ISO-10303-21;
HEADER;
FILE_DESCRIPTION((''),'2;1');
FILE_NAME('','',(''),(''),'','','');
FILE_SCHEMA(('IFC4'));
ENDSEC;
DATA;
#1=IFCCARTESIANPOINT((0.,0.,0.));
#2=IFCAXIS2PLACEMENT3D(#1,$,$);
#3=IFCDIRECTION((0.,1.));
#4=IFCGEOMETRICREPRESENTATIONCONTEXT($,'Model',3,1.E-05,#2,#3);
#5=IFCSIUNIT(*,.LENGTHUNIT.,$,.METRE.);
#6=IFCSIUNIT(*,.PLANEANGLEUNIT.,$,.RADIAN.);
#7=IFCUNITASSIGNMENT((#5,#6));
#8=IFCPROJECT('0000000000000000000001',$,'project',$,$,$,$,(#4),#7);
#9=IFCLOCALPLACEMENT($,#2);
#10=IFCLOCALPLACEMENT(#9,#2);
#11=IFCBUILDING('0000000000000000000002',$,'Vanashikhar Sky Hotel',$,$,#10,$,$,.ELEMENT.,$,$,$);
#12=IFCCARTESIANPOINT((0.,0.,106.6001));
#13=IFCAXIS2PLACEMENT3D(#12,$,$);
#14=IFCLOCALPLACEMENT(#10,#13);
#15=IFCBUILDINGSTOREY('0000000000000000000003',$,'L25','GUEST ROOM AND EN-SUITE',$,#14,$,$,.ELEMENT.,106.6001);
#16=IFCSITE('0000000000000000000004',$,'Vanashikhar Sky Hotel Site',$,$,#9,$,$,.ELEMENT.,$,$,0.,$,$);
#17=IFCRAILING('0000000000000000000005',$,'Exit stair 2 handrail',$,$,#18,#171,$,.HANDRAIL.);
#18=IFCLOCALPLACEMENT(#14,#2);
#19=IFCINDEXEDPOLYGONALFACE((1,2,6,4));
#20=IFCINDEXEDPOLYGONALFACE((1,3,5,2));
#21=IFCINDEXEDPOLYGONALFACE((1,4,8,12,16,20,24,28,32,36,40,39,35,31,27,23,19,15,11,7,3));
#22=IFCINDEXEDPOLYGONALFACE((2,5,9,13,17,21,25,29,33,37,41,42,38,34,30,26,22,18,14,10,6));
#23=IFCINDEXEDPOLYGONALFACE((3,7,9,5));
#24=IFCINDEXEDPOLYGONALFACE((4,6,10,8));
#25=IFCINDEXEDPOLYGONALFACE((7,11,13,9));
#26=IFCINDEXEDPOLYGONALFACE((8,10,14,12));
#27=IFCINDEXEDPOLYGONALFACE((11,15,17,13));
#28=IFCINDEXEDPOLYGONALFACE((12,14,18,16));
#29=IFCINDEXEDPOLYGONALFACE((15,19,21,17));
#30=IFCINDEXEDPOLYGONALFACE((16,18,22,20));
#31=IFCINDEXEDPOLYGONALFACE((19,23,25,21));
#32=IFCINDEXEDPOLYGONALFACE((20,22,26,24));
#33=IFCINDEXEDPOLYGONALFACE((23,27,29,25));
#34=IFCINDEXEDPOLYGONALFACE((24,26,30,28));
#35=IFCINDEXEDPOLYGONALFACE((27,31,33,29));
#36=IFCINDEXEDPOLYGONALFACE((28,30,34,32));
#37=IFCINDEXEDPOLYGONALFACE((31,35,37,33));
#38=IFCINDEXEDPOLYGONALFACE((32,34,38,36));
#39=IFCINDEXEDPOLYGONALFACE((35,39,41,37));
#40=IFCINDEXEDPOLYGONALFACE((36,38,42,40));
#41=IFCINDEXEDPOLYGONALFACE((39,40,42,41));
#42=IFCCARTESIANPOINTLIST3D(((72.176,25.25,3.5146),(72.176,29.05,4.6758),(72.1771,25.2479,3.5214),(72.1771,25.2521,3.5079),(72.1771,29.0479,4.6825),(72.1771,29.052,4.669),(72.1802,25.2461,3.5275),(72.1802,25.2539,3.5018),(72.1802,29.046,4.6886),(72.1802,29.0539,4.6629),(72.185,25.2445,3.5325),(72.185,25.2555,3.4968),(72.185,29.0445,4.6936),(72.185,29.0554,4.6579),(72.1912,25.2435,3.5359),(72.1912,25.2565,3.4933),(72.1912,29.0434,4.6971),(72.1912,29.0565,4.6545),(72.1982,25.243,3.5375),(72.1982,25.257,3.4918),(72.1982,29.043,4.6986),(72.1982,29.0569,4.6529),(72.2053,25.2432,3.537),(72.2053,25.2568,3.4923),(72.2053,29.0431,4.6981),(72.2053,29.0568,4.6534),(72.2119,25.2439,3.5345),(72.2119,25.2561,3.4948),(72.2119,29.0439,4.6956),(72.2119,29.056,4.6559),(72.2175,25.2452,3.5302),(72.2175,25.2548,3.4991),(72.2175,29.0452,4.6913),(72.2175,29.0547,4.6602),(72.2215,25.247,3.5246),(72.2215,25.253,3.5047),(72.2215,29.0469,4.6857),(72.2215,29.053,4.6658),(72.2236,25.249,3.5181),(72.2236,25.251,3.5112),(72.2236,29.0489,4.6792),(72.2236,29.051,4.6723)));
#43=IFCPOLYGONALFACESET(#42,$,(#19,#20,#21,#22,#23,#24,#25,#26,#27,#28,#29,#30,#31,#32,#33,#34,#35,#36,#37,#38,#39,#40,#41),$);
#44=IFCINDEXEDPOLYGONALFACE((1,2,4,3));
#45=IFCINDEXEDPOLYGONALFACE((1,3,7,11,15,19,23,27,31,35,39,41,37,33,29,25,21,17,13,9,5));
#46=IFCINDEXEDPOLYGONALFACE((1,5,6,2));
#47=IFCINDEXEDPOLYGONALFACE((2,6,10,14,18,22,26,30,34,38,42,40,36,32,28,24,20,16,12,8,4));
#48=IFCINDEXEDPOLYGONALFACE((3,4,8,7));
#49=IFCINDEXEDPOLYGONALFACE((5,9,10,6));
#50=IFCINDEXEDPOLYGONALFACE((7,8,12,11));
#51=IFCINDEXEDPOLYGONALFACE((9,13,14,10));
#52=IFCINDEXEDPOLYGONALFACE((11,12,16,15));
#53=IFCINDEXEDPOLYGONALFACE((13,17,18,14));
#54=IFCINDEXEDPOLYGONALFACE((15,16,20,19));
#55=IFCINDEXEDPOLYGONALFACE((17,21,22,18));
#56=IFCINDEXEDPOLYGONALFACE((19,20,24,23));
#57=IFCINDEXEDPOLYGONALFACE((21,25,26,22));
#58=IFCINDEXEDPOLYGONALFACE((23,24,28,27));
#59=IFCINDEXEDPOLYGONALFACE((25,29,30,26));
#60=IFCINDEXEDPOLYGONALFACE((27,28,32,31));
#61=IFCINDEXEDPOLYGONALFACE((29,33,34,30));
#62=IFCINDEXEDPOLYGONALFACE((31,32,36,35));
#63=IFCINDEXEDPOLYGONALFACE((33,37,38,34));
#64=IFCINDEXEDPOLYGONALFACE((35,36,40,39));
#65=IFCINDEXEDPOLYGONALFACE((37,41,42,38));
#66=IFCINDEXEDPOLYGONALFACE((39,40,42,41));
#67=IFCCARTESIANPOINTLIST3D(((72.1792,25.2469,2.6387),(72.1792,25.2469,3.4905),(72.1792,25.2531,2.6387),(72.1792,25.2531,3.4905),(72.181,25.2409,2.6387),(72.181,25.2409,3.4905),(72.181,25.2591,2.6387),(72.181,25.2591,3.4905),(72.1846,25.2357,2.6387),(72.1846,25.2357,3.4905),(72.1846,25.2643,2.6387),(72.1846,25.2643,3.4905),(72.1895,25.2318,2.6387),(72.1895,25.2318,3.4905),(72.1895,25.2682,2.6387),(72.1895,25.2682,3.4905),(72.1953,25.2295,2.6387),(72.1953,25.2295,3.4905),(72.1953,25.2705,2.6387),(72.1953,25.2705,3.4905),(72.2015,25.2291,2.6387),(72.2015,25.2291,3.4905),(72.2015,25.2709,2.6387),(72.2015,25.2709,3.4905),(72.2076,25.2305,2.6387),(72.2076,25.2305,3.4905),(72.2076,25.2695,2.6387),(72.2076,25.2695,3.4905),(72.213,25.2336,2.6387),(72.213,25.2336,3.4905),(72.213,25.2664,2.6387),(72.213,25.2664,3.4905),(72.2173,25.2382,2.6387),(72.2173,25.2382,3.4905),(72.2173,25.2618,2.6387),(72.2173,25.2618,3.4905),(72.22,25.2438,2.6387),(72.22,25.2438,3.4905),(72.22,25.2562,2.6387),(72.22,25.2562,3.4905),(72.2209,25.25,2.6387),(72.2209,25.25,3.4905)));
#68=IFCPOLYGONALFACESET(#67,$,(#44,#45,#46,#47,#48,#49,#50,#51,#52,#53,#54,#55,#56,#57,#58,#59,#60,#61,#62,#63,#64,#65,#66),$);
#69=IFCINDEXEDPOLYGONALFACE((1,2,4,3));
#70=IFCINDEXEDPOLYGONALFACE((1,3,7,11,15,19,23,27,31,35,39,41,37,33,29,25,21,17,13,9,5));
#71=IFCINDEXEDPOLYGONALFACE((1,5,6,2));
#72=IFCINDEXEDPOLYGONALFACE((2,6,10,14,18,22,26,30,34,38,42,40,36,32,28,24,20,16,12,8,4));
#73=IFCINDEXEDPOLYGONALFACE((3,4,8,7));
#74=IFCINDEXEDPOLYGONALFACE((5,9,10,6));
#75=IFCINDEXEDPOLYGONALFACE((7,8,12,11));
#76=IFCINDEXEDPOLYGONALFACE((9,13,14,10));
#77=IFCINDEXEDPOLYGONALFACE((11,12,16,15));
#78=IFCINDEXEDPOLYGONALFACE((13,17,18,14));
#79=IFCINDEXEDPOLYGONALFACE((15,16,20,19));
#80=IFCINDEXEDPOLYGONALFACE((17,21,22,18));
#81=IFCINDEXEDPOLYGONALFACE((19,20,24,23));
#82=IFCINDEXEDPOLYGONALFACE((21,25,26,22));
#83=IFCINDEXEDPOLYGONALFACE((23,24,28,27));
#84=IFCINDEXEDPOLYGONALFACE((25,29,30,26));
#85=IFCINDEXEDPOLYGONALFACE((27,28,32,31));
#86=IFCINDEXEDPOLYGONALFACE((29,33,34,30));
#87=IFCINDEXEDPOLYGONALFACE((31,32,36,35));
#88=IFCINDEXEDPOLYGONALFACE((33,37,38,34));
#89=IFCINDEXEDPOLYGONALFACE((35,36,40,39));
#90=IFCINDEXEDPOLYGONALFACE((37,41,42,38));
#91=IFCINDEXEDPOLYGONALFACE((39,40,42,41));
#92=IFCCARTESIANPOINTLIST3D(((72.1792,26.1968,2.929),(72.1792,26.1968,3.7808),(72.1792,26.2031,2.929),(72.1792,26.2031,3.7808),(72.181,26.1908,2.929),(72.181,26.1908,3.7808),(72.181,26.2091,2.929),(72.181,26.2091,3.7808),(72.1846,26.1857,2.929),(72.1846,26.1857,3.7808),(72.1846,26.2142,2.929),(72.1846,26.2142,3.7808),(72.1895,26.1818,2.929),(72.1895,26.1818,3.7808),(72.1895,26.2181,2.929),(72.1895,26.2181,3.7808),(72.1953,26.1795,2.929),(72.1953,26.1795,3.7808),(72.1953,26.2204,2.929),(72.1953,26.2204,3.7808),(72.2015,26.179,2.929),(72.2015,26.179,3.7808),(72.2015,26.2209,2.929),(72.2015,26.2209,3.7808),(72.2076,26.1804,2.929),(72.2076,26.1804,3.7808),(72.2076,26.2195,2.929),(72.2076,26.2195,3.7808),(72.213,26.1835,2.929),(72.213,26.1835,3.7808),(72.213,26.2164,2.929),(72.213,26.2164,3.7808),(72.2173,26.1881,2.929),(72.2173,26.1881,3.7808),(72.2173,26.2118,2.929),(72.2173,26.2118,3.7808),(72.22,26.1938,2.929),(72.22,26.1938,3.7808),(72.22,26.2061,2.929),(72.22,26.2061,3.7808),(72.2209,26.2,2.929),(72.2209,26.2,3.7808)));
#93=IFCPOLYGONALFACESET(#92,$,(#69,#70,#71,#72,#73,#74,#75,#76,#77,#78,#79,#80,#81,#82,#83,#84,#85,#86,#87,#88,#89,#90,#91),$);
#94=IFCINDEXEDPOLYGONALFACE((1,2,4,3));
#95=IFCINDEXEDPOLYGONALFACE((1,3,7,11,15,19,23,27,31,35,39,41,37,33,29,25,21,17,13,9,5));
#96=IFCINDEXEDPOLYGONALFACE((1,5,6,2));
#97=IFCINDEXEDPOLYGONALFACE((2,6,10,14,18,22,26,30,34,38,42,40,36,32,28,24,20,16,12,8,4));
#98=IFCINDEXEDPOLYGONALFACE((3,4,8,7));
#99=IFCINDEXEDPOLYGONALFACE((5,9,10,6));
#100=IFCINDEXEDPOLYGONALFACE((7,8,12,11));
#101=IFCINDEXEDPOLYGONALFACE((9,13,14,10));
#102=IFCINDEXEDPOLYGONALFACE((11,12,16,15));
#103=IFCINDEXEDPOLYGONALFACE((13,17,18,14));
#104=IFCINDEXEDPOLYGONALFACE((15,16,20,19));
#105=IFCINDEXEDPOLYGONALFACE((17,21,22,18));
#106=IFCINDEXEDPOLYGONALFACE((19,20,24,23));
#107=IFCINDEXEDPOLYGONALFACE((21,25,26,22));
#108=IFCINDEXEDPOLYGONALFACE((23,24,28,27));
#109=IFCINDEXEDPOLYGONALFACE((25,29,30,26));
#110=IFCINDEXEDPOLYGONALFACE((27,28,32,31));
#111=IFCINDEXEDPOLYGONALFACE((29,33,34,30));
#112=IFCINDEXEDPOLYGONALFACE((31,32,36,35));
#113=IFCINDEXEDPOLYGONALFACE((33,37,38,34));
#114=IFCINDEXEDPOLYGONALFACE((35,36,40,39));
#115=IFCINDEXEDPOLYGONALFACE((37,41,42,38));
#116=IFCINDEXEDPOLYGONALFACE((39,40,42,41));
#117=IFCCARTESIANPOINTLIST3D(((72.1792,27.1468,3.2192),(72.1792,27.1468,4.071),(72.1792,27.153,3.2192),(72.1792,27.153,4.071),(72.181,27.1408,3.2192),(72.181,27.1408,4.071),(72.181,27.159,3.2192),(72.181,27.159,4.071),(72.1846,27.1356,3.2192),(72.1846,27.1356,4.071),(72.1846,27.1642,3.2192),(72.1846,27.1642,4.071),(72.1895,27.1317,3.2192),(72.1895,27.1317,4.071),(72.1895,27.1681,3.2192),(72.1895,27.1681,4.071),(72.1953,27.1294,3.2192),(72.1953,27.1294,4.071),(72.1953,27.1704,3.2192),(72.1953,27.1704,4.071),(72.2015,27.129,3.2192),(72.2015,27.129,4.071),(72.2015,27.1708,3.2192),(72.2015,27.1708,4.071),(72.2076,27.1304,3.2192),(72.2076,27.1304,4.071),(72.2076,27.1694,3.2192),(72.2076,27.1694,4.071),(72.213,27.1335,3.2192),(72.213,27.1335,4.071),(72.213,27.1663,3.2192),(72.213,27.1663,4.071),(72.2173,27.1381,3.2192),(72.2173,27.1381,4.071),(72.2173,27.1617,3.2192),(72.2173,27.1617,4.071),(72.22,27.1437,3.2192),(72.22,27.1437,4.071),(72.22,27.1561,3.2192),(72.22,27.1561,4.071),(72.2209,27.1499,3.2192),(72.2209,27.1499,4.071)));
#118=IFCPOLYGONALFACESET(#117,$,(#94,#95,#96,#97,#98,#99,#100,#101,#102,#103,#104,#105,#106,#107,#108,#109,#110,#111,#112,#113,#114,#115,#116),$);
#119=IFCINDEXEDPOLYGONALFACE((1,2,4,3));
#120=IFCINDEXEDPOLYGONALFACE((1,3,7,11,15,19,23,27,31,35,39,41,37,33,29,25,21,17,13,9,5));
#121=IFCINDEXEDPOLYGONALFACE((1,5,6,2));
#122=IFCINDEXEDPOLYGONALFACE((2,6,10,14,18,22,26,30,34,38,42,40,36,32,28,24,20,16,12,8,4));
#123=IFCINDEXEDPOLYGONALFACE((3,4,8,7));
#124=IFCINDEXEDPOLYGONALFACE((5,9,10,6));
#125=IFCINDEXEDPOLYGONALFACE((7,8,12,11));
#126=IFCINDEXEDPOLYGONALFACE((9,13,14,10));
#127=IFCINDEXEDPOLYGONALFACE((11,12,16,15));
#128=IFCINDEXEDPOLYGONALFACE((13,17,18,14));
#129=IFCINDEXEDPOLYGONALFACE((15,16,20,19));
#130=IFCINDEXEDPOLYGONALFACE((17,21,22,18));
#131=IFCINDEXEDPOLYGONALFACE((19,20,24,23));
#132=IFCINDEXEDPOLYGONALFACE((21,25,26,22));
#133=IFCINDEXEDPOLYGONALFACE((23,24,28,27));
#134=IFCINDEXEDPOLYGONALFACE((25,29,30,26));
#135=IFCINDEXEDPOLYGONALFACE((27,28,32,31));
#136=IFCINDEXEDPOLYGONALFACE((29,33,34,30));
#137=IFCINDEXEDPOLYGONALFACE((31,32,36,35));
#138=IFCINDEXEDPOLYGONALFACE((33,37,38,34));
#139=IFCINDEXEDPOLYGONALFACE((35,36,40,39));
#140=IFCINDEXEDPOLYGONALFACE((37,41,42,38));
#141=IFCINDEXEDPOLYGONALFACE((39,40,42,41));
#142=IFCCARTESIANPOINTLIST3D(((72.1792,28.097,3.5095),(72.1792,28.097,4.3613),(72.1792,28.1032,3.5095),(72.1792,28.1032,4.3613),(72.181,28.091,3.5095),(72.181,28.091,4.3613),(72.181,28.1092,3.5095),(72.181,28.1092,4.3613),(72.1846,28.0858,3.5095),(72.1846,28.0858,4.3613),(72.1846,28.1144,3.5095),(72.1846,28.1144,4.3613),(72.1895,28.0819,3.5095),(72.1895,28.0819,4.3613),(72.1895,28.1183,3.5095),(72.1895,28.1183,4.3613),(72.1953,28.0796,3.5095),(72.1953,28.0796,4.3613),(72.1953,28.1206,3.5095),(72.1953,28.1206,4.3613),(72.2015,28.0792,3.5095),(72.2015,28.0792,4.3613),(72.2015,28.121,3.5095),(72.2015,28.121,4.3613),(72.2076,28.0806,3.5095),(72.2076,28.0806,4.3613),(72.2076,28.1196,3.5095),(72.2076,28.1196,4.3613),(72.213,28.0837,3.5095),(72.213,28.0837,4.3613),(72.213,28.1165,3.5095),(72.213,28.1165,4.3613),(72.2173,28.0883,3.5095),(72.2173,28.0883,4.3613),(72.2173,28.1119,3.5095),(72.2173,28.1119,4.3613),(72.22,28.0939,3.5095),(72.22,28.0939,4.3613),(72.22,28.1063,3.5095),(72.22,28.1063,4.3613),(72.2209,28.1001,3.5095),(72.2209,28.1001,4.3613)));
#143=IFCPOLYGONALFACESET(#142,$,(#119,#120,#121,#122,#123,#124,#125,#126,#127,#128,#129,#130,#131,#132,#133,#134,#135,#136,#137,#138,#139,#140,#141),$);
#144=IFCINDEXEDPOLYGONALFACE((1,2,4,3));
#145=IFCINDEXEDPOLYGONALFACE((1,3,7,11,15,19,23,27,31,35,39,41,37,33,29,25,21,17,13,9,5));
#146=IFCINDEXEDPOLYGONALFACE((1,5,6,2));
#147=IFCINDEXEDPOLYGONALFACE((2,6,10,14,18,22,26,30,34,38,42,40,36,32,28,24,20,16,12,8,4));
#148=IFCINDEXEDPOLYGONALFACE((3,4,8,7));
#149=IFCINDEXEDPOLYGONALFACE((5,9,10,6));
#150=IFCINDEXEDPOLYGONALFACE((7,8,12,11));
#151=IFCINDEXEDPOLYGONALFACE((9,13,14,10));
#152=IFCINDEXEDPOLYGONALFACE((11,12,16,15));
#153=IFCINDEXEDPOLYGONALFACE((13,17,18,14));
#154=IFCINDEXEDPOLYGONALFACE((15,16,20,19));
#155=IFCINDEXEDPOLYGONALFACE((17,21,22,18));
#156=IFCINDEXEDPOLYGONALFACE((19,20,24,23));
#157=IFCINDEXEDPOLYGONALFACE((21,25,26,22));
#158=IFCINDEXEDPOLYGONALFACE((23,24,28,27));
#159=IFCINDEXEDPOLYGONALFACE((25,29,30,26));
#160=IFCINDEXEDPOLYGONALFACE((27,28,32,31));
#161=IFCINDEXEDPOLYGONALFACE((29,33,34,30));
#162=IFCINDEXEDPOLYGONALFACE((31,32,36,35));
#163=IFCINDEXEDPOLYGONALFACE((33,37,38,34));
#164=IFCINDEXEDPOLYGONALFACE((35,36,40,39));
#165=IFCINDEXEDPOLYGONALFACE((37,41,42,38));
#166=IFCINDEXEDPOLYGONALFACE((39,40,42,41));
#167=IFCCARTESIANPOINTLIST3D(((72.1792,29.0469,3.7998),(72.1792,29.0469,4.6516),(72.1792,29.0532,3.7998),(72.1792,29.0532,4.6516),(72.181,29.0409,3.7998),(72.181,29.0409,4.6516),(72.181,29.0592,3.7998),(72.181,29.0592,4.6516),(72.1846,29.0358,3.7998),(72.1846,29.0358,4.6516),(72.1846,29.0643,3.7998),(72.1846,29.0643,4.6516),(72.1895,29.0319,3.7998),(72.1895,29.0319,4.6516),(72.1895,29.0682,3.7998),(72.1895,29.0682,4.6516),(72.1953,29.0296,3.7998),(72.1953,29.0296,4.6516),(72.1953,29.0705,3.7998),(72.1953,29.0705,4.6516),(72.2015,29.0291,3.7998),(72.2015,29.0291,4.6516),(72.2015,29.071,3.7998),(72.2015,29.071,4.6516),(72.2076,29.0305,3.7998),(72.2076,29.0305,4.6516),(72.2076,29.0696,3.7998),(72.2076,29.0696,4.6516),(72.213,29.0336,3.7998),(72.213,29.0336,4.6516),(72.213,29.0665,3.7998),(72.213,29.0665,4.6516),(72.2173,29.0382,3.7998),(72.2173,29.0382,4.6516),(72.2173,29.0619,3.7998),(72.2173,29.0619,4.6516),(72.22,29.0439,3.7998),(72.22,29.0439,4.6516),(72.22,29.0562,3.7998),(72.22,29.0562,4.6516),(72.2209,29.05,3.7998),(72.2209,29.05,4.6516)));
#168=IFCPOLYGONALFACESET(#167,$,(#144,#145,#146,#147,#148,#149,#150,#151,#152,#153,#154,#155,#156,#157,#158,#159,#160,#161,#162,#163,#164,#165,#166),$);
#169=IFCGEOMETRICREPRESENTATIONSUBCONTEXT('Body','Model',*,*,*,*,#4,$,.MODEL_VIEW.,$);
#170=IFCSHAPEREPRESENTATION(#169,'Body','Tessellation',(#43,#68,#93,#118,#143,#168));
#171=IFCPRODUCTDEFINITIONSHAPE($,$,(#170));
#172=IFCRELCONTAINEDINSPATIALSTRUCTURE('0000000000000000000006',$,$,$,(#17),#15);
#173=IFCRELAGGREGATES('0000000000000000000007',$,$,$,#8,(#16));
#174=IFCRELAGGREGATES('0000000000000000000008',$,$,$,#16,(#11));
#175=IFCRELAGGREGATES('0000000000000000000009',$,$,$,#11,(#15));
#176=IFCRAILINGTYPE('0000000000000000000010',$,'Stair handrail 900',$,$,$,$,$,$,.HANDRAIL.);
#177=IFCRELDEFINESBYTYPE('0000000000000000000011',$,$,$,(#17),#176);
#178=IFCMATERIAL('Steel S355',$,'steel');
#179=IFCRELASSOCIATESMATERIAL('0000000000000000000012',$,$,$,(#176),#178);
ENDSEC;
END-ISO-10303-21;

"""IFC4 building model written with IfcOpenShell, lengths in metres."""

from ifc_helpers import new_model, si_unit, direction, frame, origin, origin_2d, place, context, subcontext, project, spatial, circle, extrude, source, transform, mapped, material, type_object, element, save


model = new_model("IFC4")

# Units and contexts
model_context = context("Model", 3, precision=1e-05, world=origin(), true_north=direction((0.0, 1.0)))
body_context = subcontext(model_context, "Body", "Model", "MODEL_VIEW")
ifc_project = project(units=[si_unit("LENGTHUNIT", "METRE"), si_unit("PLANEANGLEUNIT", "RADIAN")], contexts=[model_context])

# Site, building, storey
site_placement = place(None, origin())
site = spatial("IfcSite", under=ifc_project, at=site_placement, Name="Vanashikhar Sky Hotel Site", CompositionType="ELEMENT", RefElevation=0.0)
building_placement = place(site_placement, origin())
building = spatial("IfcBuilding", under=site, at=building_placement, Name="Vanashikhar Sky Hotel", CompositionType="ELEMENT")
storey_placement = place(building_placement, frame((0.0, 0.0, 106.6001)))
storey = spatial("IfcBuildingStorey", under=building, at=storey_placement, Name="L25", Description="GUEST ROOM AND EN-SUITE", CompositionType="ELEMENT", Elevation=106.6001)

# Railing
ifc_material_1 = material(Name="Steel S355", Category="steel")
railing_type_1 = type_object("IfcRailingType", Name="Stair handrail 900", PredefinedType="HANDRAIL", material=ifc_material_1)
shared_shape_1 = source(origin(), body_context, "Body", "SweptSolid", [
    extrude(circle(Radius=0.0239, at=origin_2d()), frame((0.0, 0.0, 0.876), z_axis=(0.0, 0.956351, 0.29222), x_axis=(-1.0, 0.0, 0.0)), (0.0, 0.0, 1.0), 3.9734),
    extrude(circle(Radius=0.021, at=origin_2d()), origin(), (0.0, 0.0, 1.0), 0.8518),
    extrude(circle(Radius=0.021, at=origin_2d()), frame((0.0, 0.95, 0.2903)), (0.0, 0.0, 1.0), 0.8518),
    extrude(circle(Radius=0.021, at=origin_2d()), frame((0.0, 1.8999, 0.5806)), (0.0, 0.0, 1.0), 0.8518),
    extrude(circle(Radius=0.021, at=origin_2d()), frame((0.0, 2.8501, 0.8708)), (0.0, 0.0, 1.0), 0.8518),
    extrude(circle(Radius=0.021, at=origin_2d()), frame((0.0, 3.8, 1.1611)), (0.0, 0.0, 1.0), 0.8518),
])
for number, where, name in (
    (1, (72.2, 25.25, 2.6387), "Exit stair 2 handrail"),
):
    element("IfcRailing", number, at=place(storey_placement, frame(where)), inside=storey, type_object=railing_type_1, Name=name, PredefinedType="HANDRAIL", context=body_context, shape_type="MappedRepresentation", body=[
        mapped(shared_shape_1, transform((0.0, 0.0, 0.0), scale=1.0)),
    ])

save(model, "model.ifc")
